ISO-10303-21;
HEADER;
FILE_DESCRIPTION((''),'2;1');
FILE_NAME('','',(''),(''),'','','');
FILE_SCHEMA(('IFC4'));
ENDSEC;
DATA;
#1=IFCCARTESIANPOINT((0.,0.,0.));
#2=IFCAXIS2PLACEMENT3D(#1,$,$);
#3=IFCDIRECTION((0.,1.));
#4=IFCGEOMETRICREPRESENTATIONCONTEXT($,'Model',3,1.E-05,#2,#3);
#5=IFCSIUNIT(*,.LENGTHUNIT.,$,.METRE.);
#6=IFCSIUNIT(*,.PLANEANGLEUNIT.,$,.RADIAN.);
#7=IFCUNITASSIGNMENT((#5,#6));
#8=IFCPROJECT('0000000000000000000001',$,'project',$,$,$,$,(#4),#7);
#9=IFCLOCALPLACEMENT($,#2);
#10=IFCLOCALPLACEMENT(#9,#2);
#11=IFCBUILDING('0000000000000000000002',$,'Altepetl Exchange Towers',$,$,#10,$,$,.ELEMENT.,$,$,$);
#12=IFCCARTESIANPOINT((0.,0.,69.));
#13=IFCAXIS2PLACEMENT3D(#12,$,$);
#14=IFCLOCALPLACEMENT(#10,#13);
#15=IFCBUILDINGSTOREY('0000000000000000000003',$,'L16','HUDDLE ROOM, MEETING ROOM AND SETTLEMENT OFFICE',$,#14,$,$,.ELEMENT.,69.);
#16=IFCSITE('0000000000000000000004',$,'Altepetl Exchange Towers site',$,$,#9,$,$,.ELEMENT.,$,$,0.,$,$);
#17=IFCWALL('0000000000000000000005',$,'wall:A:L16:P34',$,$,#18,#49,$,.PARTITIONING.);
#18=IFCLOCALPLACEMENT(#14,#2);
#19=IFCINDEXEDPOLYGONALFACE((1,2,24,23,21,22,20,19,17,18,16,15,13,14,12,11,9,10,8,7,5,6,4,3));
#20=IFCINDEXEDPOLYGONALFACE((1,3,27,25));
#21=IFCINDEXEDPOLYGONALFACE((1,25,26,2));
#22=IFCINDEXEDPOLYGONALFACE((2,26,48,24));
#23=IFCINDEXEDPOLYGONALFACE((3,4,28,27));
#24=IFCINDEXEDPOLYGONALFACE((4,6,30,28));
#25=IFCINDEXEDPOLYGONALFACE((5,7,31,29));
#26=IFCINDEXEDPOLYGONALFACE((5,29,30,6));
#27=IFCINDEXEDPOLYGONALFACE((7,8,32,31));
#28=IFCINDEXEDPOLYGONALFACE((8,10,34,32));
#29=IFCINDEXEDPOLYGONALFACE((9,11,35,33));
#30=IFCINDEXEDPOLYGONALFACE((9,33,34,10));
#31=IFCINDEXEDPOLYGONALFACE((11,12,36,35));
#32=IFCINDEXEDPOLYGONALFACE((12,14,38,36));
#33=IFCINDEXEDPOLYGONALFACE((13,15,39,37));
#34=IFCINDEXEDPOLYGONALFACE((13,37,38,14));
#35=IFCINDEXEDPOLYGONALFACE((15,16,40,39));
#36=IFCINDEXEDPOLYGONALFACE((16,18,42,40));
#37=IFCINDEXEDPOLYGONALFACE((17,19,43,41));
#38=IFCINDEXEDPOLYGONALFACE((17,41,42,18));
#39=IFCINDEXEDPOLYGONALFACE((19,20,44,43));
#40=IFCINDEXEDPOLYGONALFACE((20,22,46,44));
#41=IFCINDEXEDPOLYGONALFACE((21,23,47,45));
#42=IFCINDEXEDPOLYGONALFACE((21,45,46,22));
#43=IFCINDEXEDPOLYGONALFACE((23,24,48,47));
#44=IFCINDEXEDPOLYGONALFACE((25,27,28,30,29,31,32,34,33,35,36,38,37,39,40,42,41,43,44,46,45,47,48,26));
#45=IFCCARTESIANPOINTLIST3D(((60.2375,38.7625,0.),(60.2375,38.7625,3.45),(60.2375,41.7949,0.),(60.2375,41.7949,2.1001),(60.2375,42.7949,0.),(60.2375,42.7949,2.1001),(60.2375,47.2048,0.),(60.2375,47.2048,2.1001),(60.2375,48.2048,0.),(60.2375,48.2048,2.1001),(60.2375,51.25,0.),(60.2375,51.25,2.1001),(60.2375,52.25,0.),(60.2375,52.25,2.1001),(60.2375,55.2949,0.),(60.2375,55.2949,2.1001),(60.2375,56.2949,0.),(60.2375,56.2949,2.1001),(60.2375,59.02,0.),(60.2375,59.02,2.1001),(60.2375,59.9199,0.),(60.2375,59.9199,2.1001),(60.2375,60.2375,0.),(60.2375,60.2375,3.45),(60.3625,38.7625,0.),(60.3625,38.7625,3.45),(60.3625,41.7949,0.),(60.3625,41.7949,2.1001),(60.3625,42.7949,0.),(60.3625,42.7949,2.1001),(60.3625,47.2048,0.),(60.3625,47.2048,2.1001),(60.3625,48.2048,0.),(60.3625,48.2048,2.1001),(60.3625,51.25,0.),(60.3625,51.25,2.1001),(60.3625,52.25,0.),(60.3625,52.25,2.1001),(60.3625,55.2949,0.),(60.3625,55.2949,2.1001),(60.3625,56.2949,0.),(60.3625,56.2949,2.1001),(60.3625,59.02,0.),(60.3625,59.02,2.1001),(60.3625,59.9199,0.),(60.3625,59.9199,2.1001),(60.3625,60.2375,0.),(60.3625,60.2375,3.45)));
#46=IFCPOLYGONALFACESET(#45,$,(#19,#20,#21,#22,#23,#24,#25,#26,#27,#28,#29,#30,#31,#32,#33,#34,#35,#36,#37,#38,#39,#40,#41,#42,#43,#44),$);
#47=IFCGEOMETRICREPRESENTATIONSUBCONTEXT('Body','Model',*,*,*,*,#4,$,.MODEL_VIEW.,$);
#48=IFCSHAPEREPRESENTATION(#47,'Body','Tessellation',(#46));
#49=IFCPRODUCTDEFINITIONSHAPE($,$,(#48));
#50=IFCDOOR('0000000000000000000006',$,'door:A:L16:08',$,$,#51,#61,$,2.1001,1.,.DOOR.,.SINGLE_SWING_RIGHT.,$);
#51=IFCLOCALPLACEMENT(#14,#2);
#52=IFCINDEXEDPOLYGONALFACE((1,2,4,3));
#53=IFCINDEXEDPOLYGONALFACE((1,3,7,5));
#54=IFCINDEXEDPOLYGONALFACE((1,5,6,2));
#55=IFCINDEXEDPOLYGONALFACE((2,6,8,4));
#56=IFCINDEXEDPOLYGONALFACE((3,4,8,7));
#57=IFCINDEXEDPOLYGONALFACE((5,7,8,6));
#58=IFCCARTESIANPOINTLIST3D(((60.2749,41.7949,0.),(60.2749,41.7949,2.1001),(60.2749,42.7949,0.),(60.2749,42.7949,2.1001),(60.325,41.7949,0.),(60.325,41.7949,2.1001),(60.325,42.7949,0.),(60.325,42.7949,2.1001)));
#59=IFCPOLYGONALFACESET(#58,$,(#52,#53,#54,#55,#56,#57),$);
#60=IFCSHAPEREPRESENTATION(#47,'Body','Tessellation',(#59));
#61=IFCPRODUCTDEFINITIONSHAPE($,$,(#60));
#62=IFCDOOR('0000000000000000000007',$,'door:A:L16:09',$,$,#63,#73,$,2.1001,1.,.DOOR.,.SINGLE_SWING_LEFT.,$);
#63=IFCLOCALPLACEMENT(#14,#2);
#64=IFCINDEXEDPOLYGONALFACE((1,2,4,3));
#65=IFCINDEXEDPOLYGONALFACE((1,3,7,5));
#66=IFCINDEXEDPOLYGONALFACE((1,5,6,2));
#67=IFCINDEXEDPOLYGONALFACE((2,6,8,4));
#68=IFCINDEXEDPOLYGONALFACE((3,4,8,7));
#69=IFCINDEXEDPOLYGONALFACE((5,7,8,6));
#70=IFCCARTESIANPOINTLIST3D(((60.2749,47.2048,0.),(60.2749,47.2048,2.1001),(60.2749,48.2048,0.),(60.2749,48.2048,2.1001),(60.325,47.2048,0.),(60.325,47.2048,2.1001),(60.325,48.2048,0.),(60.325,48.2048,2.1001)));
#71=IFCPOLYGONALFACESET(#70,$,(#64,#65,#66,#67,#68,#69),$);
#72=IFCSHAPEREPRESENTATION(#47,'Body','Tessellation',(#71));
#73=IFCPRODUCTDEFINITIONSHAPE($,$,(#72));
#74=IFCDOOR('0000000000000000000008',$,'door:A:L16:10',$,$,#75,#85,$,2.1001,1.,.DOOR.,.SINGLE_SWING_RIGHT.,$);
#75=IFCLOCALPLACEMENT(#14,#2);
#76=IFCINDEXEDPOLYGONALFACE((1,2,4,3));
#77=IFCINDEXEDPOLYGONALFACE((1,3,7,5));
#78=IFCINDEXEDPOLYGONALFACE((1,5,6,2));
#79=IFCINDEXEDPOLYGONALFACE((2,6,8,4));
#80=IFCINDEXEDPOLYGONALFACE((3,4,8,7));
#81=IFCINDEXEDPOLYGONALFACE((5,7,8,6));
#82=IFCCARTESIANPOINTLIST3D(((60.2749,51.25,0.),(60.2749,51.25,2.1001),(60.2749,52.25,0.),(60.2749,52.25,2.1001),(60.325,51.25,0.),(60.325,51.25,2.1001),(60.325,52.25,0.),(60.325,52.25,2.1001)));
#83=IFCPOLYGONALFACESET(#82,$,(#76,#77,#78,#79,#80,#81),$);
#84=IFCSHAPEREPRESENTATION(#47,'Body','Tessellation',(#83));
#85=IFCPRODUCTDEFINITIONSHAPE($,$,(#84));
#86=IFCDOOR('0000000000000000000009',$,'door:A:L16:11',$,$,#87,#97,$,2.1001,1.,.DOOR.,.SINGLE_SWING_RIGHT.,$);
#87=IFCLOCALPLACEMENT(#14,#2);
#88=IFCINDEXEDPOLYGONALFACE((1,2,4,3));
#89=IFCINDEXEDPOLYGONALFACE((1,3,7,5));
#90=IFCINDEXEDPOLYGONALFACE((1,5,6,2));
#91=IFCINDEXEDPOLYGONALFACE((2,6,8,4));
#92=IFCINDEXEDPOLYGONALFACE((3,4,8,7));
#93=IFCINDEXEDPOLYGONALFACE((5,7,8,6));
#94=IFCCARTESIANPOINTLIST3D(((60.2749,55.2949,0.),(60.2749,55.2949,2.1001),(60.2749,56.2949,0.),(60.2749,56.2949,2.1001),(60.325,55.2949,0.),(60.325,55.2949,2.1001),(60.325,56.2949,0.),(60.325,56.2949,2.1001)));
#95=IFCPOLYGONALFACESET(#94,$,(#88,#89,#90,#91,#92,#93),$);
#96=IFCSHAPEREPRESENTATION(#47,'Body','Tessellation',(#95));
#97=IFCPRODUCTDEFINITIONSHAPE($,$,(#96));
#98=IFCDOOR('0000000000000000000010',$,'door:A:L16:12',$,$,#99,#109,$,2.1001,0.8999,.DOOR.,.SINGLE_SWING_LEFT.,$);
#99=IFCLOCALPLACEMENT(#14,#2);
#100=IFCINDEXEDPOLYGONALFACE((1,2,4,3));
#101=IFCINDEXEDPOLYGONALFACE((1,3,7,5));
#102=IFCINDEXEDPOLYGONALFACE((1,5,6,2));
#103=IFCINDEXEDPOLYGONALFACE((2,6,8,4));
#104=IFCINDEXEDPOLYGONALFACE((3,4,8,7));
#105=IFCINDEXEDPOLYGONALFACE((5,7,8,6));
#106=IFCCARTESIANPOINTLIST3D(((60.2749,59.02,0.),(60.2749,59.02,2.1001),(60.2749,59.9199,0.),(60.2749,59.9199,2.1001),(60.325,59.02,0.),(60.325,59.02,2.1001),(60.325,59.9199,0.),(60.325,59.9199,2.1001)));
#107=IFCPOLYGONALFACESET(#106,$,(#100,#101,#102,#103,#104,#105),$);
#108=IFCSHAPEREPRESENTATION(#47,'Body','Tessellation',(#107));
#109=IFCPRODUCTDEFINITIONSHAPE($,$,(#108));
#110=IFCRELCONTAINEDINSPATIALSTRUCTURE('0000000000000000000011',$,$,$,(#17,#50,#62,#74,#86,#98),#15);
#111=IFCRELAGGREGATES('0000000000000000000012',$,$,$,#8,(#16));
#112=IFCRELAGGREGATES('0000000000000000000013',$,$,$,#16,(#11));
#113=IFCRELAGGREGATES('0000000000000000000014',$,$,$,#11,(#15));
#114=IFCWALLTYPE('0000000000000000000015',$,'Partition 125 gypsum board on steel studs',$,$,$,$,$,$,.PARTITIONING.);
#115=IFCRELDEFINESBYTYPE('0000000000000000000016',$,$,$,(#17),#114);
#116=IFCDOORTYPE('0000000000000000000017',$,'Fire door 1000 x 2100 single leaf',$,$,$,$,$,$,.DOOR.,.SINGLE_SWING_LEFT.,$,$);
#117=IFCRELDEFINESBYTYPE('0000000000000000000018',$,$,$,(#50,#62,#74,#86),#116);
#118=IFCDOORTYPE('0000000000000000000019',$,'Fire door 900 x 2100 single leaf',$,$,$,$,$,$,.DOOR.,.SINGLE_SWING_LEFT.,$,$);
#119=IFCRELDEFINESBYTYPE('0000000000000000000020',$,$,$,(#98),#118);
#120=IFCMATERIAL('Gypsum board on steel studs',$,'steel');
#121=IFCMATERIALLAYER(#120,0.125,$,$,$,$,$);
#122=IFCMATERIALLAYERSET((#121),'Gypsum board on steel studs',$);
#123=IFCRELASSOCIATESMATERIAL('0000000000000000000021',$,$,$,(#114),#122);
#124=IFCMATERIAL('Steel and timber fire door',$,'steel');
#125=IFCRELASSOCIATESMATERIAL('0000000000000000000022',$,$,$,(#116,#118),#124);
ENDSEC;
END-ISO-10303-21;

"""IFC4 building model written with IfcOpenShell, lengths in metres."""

from ifc_helpers import new_model, si_unit, direction, frame, frame_2d, origin, place, context, subcontext, project, spatial, rectangle, extrude, material, layer, layer_set, type_object, element, fill, save


model = new_model("IFC4")

# Units and contexts
model_context = context("Model", 3, precision=1e-05, world=origin(), true_north=direction((0.0, 1.0)))
body_context = subcontext(model_context, "Body", "Model", "MODEL_VIEW")
ifc_project = project(units=[si_unit("LENGTHUNIT", "METRE"), si_unit("PLANEANGLEUNIT", "RADIAN")], contexts=[model_context])

# Site, building, storey
site_placement = place(None, origin())
site = spatial("IfcSite", under=ifc_project, at=site_placement, Name="Altepetl Exchange Towers site", CompositionType="ELEMENT", RefElevation=0.0)
building_placement = place(site_placement, origin())
building = spatial("IfcBuilding", under=site, at=building_placement, Name="Altepetl Exchange Towers", CompositionType="ELEMENT")
storey_placement = place(building_placement, frame((0.0, 0.0, 69.0)))
storey = spatial("IfcBuildingStorey", under=building, at=storey_placement, Name="L16", Description="HUDDLE ROOM, MEETING ROOM AND SETTLEMENT OFFICE", CompositionType="ELEMENT", Elevation=69.0)

# Shared definitions
ifc_material_1 = material(Name="Gypsum board on steel studs", Category="steel")
ifc_layer_1 = layer(ifc_material_1, 0.125)
ifc_layer_set_1 = layer_set([ifc_layer_1], Name="Gypsum board on steel studs")
wall_type_1 = type_object("IfcWallType", Name="Partition 125 gypsum board on steel studs", PredefinedType="PARTITIONING", material=ifc_layer_set_1)

# Wall, openings, doors
wall_1_placement = place(storey_placement, frame((60.3, 38.7625, 0.0), z_axis=(0.0, 0.0, 1.0), x_axis=(0.0, 1.0, 0.0)))
wall_1 = element("IfcWall", 1, at=wall_1_placement, inside=storey, type_object=wall_type_1, Name="wall:A:L16:P34", PredefinedType="PARTITIONING", context=body_context, shape_type="SweptSolid", body=[
    extrude(rectangle(XDim=21.4751, YDim=0.125, at=frame_2d((10.7375, 0.0))), origin(), (0.0, 0.0, 1.0), 3.45),
])
opening_1_placement = place(wall_1_placement, frame((3.0325, 0.0, 0.0)))
opening_1 = element("IfcOpeningElement", 2, at=opening_1_placement, cuts=wall_1, PredefinedType="OPENING", context=body_context, shape_type="SweptSolid", body=[
    extrude(rectangle(XDim=1.0, YDim=2.1001, at=frame_2d((0.5, 1.05))), frame((0.0, 0.0725, 0.0), z_axis=(0.0, -1.0, 0.0), x_axis=(1.0, 0.0, 0.0)), (0.0, 0.0, 1.0), 0.145),
])
opening_2_placement = place(wall_1_placement, frame((8.4424, 0.0, 0.0)))
opening_2 = element("IfcOpeningElement", 3, at=opening_2_placement, cuts=wall_1, PredefinedType="OPENING", context=body_context, shape_type="SweptSolid", body=[
    extrude(rectangle(XDim=1.0, YDim=2.1001, at=frame_2d((0.5, 1.05))), frame((0.0, 0.0725, 0.0), z_axis=(0.0, -1.0, 0.0), x_axis=(1.0, 0.0, 0.0)), (0.0, 0.0, 1.0), 0.145),
])
opening_3_placement = place(wall_1_placement, frame((12.4875, 0.0, 0.0)))
opening_3 = element("IfcOpeningElement", 4, at=opening_3_placement, cuts=wall_1, PredefinedType="OPENING", context=body_context, shape_type="SweptSolid", body=[
    extrude(rectangle(XDim=1.0, YDim=2.1001, at=frame_2d((0.5, 1.05))), frame((0.0, 0.0725, 0.0), z_axis=(0.0, -1.0, 0.0), x_axis=(1.0, 0.0, 0.0)), (0.0, 0.0, 1.0), 0.145),
])
opening_4_placement = place(wall_1_placement, frame((16.5325, 0.0, 0.0)))
opening_4 = element("IfcOpeningElement", 5, at=opening_4_placement, cuts=wall_1, PredefinedType="OPENING", context=body_context, shape_type="SweptSolid", body=[
    extrude(rectangle(XDim=1.0, YDim=2.1001, at=frame_2d((0.5, 1.05))), frame((0.0, 0.0725, 0.0), z_axis=(0.0, -1.0, 0.0), x_axis=(1.0, 0.0, 0.0)), (0.0, 0.0, 1.0), 0.145),
])
opening_5_placement = place(wall_1_placement, frame((20.2576, 0.0, 0.0)))
opening_5 = element("IfcOpeningElement", 6, at=opening_5_placement, cuts=wall_1, PredefinedType="OPENING", context=body_context, shape_type="SweptSolid", body=[
    extrude(rectangle(XDim=0.8999, YDim=2.1001, at=frame_2d((0.45, 1.05))), frame((0.0, 0.0725, 0.0), z_axis=(0.0, -1.0, 0.0), x_axis=(1.0, 0.0, 0.0)), (0.0, 0.0, 1.0), 0.145),
])
ifc_material_2 = material(Name="Steel and timber fire door", Category="steel")
door_type_1 = type_object("IfcDoorType", Name="Fire door 1000 x 2100 single leaf", OperationType="SINGLE_SWING_LEFT", PredefinedType="DOOR", material=ifc_material_2)
door_1_placement = place(opening_1_placement, frame((1.0, 0.0, 0.0), x_axis=(-1.0, 0.0, 0.0)))
door_1 = element("IfcDoor", 7, at=door_1_placement, inside=storey, type_object=door_type_1, Name="door:A:L16:08", OperationType="SINGLE_SWING_RIGHT", OverallHeight=2.1001, OverallWidth=1.0, PredefinedType="DOOR", context=body_context, shape_type="SweptSolid", body=[
    extrude(rectangle(XDim=1.0, YDim=2.1001, at=frame_2d((0.5, 1.05))), frame((0.0, 0.0249, 0.0), z_axis=(0.0, -1.0, 0.0), x_axis=(1.0, 0.0, 0.0)), (0.0, 0.0, 1.0), 0.05),
])
fill(opening_1, door_1)
door_2_placement = place(opening_2_placement, frame((1.0, 0.0, 0.0), x_axis=(-1.0, 0.0, 0.0)))
door_2 = element("IfcDoor", 8, at=door_2_placement, inside=storey, type_object=door_type_1, Name="door:A:L16:09", OperationType="SINGLE_SWING_LEFT", OverallHeight=2.1001, OverallWidth=1.0, PredefinedType="DOOR", context=body_context, shape_type="SweptSolid", body=[
    extrude(rectangle(XDim=1.0, YDim=2.1001, at=frame_2d((0.5, 1.05))), frame((0.0, 0.0249, 0.0), z_axis=(0.0, -1.0, 0.0), x_axis=(1.0, 0.0, 0.0)), (0.0, 0.0, 1.0), 0.05),
])
fill(opening_2, door_2)
door_3_placement = place(opening_3_placement, frame((1.0, 0.0, 0.0), x_axis=(-1.0, 0.0, 0.0)))
door_3 = element("IfcDoor", 9, at=door_3_placement, inside=storey, type_object=door_type_1, Name="door:A:L16:10", OperationType="SINGLE_SWING_RIGHT", OverallHeight=2.1001, OverallWidth=1.0, PredefinedType="DOOR", context=body_context, shape_type="SweptSolid", body=[
    extrude(rectangle(XDim=1.0, YDim=2.1001, at=frame_2d((0.5, 1.05))), frame((0.0, 0.0249, 0.0), z_axis=(0.0, -1.0, 0.0), x_axis=(1.0, 0.0, 0.0)), (0.0, 0.0, 1.0), 0.05),
])
fill(opening_3, door_3)
door_4_placement = place(opening_4_placement, frame((1.0, 0.0, 0.0), x_axis=(-1.0, 0.0, 0.0)))
door_4 = element("IfcDoor", 10, at=door_4_placement, inside=storey, type_object=door_type_1, Name="door:A:L16:11", OperationType="SINGLE_SWING_RIGHT", OverallHeight=2.1001, OverallWidth=1.0, PredefinedType="DOOR", context=body_context, shape_type="SweptSolid", body=[
    extrude(rectangle(XDim=1.0, YDim=2.1001, at=frame_2d((0.5, 1.05))), frame((0.0, 0.0249, 0.0), z_axis=(0.0, -1.0, 0.0), x_axis=(1.0, 0.0, 0.0)), (0.0, 0.0, 1.0), 0.05),
])
fill(opening_4, door_4)
door_type_2 = type_object("IfcDoorType", Name="Fire door 900 x 2100 single leaf", OperationType="SINGLE_SWING_LEFT", PredefinedType="DOOR", material=ifc_material_2)
door_5_placement = place(opening_5_placement, frame((0.8999, 0.0, 0.0), x_axis=(-1.0, 0.0, 0.0)))
door_5 = element("IfcDoor", 11, at=door_5_placement, inside=storey, type_object=door_type_2, Name="door:A:L16:12", OperationType="SINGLE_SWING_LEFT", OverallHeight=2.1001, OverallWidth=0.8999, PredefinedType="DOOR", context=body_context, shape_type="SweptSolid", body=[
    extrude(rectangle(XDim=0.8999, YDim=2.1001, at=frame_2d((0.45, 1.05))), frame((0.0, 0.0249, 0.0), z_axis=(0.0, -1.0, 0.0), x_axis=(1.0, 0.0, 0.0)), (0.0, 0.0, 1.0), 0.05),
])
fill(opening_5, door_5)

save(model, "model.ifc")
